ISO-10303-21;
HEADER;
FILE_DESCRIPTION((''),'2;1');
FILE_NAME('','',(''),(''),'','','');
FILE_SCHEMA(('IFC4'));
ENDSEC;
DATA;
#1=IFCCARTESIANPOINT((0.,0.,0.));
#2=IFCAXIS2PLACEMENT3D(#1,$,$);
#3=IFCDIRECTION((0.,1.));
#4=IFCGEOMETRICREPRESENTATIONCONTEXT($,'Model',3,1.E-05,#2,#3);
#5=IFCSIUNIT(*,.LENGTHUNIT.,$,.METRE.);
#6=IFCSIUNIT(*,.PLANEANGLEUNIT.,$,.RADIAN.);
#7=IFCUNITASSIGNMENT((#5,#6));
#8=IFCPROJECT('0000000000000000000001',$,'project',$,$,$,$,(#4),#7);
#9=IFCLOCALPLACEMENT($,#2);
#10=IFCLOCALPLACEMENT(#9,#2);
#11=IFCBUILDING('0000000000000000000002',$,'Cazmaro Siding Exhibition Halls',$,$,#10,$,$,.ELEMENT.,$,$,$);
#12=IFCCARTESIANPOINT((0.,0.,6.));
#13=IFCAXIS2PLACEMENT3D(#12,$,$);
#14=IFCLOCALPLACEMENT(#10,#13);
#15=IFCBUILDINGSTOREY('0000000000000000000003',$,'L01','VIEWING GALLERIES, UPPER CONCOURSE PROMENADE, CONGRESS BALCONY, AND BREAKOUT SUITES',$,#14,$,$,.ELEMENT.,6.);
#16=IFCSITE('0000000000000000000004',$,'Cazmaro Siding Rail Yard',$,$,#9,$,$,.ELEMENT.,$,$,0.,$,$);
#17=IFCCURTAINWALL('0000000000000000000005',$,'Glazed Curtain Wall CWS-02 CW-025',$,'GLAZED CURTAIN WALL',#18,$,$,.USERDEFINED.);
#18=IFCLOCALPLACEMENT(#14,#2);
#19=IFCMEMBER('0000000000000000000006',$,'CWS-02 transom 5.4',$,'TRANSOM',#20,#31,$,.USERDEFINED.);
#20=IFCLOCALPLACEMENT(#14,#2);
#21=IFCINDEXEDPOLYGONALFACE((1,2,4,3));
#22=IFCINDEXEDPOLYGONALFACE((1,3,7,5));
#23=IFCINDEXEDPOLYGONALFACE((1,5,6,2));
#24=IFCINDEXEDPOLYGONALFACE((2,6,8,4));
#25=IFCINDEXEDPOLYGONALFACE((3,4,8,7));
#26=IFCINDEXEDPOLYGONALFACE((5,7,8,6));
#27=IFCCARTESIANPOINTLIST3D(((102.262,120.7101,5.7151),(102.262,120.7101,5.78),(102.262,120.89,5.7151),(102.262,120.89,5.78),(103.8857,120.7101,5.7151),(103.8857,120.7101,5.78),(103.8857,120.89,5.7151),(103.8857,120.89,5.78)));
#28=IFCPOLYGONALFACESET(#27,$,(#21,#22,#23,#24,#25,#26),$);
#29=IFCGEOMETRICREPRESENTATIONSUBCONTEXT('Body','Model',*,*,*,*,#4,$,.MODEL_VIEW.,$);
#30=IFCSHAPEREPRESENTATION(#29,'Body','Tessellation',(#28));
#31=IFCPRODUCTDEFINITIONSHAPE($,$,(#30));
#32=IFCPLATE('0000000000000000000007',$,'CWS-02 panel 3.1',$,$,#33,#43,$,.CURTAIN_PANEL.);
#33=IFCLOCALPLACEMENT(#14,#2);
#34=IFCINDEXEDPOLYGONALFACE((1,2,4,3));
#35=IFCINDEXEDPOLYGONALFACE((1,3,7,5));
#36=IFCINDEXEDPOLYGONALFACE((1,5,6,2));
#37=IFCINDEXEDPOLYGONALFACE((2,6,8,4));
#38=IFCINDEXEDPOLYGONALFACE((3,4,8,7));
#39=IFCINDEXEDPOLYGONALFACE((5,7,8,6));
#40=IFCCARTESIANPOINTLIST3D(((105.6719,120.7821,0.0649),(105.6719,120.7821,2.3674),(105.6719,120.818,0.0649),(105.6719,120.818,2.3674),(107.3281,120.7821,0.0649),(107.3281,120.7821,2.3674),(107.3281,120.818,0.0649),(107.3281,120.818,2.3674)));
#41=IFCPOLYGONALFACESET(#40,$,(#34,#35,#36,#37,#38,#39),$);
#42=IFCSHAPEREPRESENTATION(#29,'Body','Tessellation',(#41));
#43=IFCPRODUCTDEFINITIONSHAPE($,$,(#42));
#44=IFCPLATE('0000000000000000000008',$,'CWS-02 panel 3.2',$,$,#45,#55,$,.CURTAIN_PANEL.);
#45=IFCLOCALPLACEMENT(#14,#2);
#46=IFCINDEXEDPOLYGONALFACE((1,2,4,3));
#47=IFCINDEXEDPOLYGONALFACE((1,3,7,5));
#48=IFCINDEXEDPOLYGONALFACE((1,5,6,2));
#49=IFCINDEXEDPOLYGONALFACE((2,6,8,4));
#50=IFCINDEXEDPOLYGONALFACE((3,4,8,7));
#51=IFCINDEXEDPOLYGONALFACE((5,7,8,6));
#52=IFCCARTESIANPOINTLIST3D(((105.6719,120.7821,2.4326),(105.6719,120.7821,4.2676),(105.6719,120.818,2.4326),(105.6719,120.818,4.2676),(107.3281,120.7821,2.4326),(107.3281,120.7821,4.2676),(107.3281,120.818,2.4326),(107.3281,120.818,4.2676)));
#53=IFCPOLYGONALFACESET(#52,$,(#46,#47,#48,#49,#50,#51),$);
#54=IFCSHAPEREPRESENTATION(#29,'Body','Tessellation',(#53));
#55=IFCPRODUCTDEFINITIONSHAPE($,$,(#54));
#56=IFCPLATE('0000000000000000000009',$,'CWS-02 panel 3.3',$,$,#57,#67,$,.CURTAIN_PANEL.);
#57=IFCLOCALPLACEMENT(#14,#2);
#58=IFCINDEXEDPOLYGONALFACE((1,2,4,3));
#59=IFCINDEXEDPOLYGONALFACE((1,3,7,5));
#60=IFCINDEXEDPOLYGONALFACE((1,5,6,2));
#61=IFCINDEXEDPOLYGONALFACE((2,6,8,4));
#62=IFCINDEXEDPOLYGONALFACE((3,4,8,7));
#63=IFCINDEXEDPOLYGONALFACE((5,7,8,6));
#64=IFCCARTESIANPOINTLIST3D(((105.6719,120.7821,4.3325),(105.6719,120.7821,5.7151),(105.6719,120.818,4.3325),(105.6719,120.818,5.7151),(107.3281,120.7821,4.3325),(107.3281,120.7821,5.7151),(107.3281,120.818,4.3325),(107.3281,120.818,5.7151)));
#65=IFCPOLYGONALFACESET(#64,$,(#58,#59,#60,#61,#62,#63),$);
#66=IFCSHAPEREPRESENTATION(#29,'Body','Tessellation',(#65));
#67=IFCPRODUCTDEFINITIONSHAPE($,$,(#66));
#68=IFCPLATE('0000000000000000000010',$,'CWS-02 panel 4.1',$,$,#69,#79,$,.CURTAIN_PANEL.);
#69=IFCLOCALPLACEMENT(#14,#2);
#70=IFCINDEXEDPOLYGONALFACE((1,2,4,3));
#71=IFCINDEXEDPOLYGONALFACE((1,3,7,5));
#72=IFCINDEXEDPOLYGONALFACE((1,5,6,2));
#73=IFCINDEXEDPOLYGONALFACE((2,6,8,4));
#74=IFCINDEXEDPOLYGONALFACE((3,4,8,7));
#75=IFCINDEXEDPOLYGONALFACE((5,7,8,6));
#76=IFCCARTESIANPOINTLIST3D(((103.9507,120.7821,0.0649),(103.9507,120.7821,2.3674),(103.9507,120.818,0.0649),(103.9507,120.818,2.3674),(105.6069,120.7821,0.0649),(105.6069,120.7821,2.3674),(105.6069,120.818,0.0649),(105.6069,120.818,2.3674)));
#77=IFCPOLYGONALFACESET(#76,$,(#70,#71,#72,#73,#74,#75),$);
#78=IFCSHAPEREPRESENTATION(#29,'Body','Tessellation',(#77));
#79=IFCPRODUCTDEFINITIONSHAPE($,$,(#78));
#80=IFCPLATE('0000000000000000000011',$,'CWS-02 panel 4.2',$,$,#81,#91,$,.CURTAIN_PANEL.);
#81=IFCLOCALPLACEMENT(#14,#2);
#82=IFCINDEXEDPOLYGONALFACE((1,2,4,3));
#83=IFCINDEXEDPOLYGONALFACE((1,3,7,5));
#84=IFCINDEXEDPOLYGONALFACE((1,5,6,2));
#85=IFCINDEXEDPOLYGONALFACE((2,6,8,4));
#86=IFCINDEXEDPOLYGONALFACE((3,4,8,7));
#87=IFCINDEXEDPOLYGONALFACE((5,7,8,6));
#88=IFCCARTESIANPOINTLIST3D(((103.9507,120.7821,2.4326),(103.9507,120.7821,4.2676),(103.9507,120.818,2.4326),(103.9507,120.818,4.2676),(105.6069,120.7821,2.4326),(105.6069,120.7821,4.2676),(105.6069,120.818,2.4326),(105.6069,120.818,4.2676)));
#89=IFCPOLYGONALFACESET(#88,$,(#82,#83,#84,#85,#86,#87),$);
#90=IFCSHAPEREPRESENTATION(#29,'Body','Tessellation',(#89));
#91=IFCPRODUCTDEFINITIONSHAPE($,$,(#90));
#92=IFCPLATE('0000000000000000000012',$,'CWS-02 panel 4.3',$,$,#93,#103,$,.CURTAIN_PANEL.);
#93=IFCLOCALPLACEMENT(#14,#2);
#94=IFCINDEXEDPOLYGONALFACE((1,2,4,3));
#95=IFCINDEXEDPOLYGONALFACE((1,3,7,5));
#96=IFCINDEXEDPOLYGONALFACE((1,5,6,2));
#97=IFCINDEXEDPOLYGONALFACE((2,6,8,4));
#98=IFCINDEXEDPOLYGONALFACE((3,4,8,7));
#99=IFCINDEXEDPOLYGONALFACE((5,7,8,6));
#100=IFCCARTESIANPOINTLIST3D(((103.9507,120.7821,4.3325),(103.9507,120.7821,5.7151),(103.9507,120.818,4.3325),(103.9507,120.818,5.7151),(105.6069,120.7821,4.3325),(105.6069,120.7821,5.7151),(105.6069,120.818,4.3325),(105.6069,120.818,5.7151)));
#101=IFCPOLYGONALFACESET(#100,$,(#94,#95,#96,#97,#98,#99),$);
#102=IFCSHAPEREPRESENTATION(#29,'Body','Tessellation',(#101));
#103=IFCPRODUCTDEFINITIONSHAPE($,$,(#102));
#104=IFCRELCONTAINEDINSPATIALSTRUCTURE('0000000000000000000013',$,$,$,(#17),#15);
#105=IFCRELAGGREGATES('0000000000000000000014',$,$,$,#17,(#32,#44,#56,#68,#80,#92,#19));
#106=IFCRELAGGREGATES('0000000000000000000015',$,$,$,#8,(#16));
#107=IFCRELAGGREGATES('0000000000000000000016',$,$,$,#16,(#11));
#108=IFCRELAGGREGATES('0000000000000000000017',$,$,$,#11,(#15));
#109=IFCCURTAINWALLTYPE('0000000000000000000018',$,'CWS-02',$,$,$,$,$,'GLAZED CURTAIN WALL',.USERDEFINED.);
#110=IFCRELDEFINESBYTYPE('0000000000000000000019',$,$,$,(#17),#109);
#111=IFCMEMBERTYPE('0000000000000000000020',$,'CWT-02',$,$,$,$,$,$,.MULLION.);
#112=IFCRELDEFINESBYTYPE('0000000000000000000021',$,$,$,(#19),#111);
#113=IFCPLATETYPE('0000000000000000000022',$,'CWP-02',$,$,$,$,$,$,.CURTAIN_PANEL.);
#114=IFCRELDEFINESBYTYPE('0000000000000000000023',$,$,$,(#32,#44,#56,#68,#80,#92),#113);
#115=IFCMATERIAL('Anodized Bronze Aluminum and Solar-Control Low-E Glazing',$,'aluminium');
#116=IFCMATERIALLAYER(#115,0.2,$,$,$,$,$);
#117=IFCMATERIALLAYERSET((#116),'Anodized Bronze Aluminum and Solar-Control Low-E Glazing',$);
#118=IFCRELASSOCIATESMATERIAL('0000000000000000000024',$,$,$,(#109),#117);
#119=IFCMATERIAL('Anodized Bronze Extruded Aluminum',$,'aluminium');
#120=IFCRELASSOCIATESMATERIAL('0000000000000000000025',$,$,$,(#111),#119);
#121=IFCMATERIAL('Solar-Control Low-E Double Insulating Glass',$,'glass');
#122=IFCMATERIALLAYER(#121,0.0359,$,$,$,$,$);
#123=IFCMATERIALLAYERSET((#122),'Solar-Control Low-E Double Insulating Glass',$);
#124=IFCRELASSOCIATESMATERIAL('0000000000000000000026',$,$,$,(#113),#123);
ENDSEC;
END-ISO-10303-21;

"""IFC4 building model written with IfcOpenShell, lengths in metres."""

from ifc_helpers import new_model, si_unit, direction, frame, origin, origin_2d, place, context, subcontext, project, spatial, rectangle, extrude, material, layer, layer_set, material_profile, profile_set, type_object, element, aggregate, save


model = new_model("IFC4")

# Units and contexts
model_context = context("Model", 3, precision=1e-05, world=origin(), true_north=direction((0.0, 1.0)))
body_context = subcontext(model_context, "Body", "Model", "MODEL_VIEW")
ifc_project = project(units=[si_unit("LENGTHUNIT", "METRE"), si_unit("PLANEANGLEUNIT", "RADIAN")], contexts=[model_context])

# Site, building, storey
site_placement = place(None, origin())
site = spatial("IfcSite", under=ifc_project, at=site_placement, Name="Cazmaro Siding Rail Yard", CompositionType="ELEMENT", RefElevation=0.0)
building_placement = place(site_placement, origin())
building = spatial("IfcBuilding", under=site, at=building_placement, Name="Cazmaro Siding Exhibition Halls", CompositionType="ELEMENT")
storey_placement = place(building_placement, frame((0.0, 0.0, 6.0)))
storey = spatial("IfcBuildingStorey", under=building, at=storey_placement, Name="L01", Description="VIEWING GALLERIES, UPPER CONCOURSE PROMENADE, CONGRESS BALCONY, AND BREAKOUT SUITES", CompositionType="ELEMENT", Elevation=6.0)

# Curtain wall, member, plates
ifc_material_1 = material(Name="Anodized Bronze Aluminum and Solar-Control Low-E Glazing", Category="aluminium")
ifc_layer_1 = layer(ifc_material_1, 0.2)
ifc_layer_set_1 = layer_set([ifc_layer_1], Name="Anodized Bronze Aluminum and Solar-Control Low-E Glazing")
curtain_wall_type = type_object("IfcCurtainWallType", Name="CWS-02", ElementType="GLAZED CURTAIN WALL", PredefinedType="USERDEFINED", material=ifc_layer_set_1)
curtain_wall_placement = place(storey_placement, origin())
curtain_wall = element("IfcCurtainWall", 1, at=curtain_wall_placement, inside=storey, type_object=curtain_wall_type, Name="Glazed Curtain Wall CWS-02 CW-025", ObjectType="GLAZED CURTAIN WALL", PredefinedType="USERDEFINED")
ifc_material_2 = material(Name="Anodized Bronze Extruded Aluminum", Category="aluminium")
ifc_material_profile_1 = material_profile(ifc_material_2, rectangle(XDim=0.1799, YDim=0.0649, at=origin_2d()), Name="CWT-02")
ifc_profile_set_1 = profile_set([ifc_material_profile_1], Name="Anodized Bronze Extruded Aluminum")
member_type_1 = type_object("IfcMemberType", Name="CWT-02", PredefinedType="MULLION", material=ifc_profile_set_1)
member_1_placement = place(storey_placement, frame((103.8857, 120.8, 5.7476), z_axis=(-1.0, 0.0, 0.0), x_axis=(0.0, -1.0, 0.0)))
member_1 = element("IfcMember", 2, at=member_1_placement, type_object=member_type_1, Name="CWS-02 transom 5.4", ObjectType="TRANSOM", PredefinedType="USERDEFINED", context=body_context, shape_type="SweptSolid", body=[
    extrude(rectangle(XDim=0.1799, YDim=0.0649, at=origin_2d()), origin(), (0.0, 0.0, 1.0), 1.6238),
])
ifc_material_3 = material(Name="Solar-Control Low-E Double Insulating Glass", Category="glass")
ifc_layer_2 = layer(ifc_material_3, 0.0359)
ifc_layer_set_2 = layer_set([ifc_layer_2], Name="Solar-Control Low-E Double Insulating Glass")
plate_type = type_object("IfcPlateType", Name="CWP-02", PredefinedType="CURTAIN_PANEL", material=ifc_layer_set_2)
plate_1_placement = place(storey_placement, frame((106.5, 120.8, 0.0649), z_axis=(0.0, 0.0, 1.0), x_axis=(-1.0, 0.0, 0.0)))
plate_1 = element("IfcPlate", 3, at=plate_1_placement, type_object=plate_type, Name="CWS-02 panel 3.1", PredefinedType="CURTAIN_PANEL", context=body_context, shape_type="SweptSolid", body=[
    extrude(rectangle(XDim=1.6562, YDim=0.0359, at=origin_2d()), origin(), (0.0, 0.0, 1.0), 2.3025),
])
plate_2_placement = place(storey_placement, frame((106.5, 120.8, 2.4326), z_axis=(0.0, 0.0, 1.0), x_axis=(-1.0, 0.0, 0.0)))
plate_2 = element("IfcPlate", 4, at=plate_2_placement, type_object=plate_type, Name="CWS-02 panel 3.2", PredefinedType="CURTAIN_PANEL", context=body_context, shape_type="SweptSolid", body=[
    extrude(rectangle(XDim=1.6562, YDim=0.0359, at=origin_2d()), origin(), (0.0, 0.0, 1.0), 1.835),
])
plate_3_placement = place(storey_placement, frame((106.5, 120.8, 4.3325), z_axis=(0.0, 0.0, 1.0), x_axis=(-1.0, 0.0, 0.0)))
plate_3 = element("IfcPlate", 5, at=plate_3_placement, type_object=plate_type, Name="CWS-02 panel 3.3", PredefinedType="CURTAIN_PANEL", context=body_context, shape_type="SweptSolid", body=[
    extrude(rectangle(XDim=1.6562, YDim=0.0359, at=origin_2d()), origin(), (0.0, 0.0, 1.0), 1.3826),
])
plate_4_placement = place(storey_placement, frame((104.7788, 120.8, 0.0649), z_axis=(0.0, 0.0, 1.0), x_axis=(-1.0, 0.0, 0.0)))
plate_4 = element("IfcPlate", 6, at=plate_4_placement, type_object=plate_type, Name="CWS-02 panel 4.1", PredefinedType="CURTAIN_PANEL", context=body_context, shape_type="SweptSolid", body=[
    extrude(rectangle(XDim=1.6562, YDim=0.0359, at=origin_2d()), origin(), (0.0, 0.0, 1.0), 2.3025),
])
plate_5_placement = place(storey_placement, frame((104.7788, 120.8, 2.4326), z_axis=(0.0, 0.0, 1.0), x_axis=(-1.0, 0.0, 0.0)))
plate_5 = element("IfcPlate", 7, at=plate_5_placement, type_object=plate_type, Name="CWS-02 panel 4.2", PredefinedType="CURTAIN_PANEL", context=body_context, shape_type="SweptSolid", body=[
    extrude(rectangle(XDim=1.6562, YDim=0.0359, at=origin_2d()), origin(), (0.0, 0.0, 1.0), 1.835),
])
plate_6_placement = place(storey_placement, frame((104.7788, 120.8, 4.3325), z_axis=(0.0, 0.0, 1.0), x_axis=(-1.0, 0.0, 0.0)))
plate_6 = element("IfcPlate", 8, at=plate_6_placement, type_object=plate_type, Name="CWS-02 panel 4.3", PredefinedType="CURTAIN_PANEL", context=body_context, shape_type="SweptSolid", body=[
    extrude(rectangle(XDim=1.6562, YDim=0.0359, at=origin_2d()), origin(), (0.0, 0.0, 1.0), 1.3826),
])
aggregate(curtain_wall, [plate_1, plate_2, plate_3, plate_4, plate_5, plate_6, member_1])

save(model, "model.ifc")
